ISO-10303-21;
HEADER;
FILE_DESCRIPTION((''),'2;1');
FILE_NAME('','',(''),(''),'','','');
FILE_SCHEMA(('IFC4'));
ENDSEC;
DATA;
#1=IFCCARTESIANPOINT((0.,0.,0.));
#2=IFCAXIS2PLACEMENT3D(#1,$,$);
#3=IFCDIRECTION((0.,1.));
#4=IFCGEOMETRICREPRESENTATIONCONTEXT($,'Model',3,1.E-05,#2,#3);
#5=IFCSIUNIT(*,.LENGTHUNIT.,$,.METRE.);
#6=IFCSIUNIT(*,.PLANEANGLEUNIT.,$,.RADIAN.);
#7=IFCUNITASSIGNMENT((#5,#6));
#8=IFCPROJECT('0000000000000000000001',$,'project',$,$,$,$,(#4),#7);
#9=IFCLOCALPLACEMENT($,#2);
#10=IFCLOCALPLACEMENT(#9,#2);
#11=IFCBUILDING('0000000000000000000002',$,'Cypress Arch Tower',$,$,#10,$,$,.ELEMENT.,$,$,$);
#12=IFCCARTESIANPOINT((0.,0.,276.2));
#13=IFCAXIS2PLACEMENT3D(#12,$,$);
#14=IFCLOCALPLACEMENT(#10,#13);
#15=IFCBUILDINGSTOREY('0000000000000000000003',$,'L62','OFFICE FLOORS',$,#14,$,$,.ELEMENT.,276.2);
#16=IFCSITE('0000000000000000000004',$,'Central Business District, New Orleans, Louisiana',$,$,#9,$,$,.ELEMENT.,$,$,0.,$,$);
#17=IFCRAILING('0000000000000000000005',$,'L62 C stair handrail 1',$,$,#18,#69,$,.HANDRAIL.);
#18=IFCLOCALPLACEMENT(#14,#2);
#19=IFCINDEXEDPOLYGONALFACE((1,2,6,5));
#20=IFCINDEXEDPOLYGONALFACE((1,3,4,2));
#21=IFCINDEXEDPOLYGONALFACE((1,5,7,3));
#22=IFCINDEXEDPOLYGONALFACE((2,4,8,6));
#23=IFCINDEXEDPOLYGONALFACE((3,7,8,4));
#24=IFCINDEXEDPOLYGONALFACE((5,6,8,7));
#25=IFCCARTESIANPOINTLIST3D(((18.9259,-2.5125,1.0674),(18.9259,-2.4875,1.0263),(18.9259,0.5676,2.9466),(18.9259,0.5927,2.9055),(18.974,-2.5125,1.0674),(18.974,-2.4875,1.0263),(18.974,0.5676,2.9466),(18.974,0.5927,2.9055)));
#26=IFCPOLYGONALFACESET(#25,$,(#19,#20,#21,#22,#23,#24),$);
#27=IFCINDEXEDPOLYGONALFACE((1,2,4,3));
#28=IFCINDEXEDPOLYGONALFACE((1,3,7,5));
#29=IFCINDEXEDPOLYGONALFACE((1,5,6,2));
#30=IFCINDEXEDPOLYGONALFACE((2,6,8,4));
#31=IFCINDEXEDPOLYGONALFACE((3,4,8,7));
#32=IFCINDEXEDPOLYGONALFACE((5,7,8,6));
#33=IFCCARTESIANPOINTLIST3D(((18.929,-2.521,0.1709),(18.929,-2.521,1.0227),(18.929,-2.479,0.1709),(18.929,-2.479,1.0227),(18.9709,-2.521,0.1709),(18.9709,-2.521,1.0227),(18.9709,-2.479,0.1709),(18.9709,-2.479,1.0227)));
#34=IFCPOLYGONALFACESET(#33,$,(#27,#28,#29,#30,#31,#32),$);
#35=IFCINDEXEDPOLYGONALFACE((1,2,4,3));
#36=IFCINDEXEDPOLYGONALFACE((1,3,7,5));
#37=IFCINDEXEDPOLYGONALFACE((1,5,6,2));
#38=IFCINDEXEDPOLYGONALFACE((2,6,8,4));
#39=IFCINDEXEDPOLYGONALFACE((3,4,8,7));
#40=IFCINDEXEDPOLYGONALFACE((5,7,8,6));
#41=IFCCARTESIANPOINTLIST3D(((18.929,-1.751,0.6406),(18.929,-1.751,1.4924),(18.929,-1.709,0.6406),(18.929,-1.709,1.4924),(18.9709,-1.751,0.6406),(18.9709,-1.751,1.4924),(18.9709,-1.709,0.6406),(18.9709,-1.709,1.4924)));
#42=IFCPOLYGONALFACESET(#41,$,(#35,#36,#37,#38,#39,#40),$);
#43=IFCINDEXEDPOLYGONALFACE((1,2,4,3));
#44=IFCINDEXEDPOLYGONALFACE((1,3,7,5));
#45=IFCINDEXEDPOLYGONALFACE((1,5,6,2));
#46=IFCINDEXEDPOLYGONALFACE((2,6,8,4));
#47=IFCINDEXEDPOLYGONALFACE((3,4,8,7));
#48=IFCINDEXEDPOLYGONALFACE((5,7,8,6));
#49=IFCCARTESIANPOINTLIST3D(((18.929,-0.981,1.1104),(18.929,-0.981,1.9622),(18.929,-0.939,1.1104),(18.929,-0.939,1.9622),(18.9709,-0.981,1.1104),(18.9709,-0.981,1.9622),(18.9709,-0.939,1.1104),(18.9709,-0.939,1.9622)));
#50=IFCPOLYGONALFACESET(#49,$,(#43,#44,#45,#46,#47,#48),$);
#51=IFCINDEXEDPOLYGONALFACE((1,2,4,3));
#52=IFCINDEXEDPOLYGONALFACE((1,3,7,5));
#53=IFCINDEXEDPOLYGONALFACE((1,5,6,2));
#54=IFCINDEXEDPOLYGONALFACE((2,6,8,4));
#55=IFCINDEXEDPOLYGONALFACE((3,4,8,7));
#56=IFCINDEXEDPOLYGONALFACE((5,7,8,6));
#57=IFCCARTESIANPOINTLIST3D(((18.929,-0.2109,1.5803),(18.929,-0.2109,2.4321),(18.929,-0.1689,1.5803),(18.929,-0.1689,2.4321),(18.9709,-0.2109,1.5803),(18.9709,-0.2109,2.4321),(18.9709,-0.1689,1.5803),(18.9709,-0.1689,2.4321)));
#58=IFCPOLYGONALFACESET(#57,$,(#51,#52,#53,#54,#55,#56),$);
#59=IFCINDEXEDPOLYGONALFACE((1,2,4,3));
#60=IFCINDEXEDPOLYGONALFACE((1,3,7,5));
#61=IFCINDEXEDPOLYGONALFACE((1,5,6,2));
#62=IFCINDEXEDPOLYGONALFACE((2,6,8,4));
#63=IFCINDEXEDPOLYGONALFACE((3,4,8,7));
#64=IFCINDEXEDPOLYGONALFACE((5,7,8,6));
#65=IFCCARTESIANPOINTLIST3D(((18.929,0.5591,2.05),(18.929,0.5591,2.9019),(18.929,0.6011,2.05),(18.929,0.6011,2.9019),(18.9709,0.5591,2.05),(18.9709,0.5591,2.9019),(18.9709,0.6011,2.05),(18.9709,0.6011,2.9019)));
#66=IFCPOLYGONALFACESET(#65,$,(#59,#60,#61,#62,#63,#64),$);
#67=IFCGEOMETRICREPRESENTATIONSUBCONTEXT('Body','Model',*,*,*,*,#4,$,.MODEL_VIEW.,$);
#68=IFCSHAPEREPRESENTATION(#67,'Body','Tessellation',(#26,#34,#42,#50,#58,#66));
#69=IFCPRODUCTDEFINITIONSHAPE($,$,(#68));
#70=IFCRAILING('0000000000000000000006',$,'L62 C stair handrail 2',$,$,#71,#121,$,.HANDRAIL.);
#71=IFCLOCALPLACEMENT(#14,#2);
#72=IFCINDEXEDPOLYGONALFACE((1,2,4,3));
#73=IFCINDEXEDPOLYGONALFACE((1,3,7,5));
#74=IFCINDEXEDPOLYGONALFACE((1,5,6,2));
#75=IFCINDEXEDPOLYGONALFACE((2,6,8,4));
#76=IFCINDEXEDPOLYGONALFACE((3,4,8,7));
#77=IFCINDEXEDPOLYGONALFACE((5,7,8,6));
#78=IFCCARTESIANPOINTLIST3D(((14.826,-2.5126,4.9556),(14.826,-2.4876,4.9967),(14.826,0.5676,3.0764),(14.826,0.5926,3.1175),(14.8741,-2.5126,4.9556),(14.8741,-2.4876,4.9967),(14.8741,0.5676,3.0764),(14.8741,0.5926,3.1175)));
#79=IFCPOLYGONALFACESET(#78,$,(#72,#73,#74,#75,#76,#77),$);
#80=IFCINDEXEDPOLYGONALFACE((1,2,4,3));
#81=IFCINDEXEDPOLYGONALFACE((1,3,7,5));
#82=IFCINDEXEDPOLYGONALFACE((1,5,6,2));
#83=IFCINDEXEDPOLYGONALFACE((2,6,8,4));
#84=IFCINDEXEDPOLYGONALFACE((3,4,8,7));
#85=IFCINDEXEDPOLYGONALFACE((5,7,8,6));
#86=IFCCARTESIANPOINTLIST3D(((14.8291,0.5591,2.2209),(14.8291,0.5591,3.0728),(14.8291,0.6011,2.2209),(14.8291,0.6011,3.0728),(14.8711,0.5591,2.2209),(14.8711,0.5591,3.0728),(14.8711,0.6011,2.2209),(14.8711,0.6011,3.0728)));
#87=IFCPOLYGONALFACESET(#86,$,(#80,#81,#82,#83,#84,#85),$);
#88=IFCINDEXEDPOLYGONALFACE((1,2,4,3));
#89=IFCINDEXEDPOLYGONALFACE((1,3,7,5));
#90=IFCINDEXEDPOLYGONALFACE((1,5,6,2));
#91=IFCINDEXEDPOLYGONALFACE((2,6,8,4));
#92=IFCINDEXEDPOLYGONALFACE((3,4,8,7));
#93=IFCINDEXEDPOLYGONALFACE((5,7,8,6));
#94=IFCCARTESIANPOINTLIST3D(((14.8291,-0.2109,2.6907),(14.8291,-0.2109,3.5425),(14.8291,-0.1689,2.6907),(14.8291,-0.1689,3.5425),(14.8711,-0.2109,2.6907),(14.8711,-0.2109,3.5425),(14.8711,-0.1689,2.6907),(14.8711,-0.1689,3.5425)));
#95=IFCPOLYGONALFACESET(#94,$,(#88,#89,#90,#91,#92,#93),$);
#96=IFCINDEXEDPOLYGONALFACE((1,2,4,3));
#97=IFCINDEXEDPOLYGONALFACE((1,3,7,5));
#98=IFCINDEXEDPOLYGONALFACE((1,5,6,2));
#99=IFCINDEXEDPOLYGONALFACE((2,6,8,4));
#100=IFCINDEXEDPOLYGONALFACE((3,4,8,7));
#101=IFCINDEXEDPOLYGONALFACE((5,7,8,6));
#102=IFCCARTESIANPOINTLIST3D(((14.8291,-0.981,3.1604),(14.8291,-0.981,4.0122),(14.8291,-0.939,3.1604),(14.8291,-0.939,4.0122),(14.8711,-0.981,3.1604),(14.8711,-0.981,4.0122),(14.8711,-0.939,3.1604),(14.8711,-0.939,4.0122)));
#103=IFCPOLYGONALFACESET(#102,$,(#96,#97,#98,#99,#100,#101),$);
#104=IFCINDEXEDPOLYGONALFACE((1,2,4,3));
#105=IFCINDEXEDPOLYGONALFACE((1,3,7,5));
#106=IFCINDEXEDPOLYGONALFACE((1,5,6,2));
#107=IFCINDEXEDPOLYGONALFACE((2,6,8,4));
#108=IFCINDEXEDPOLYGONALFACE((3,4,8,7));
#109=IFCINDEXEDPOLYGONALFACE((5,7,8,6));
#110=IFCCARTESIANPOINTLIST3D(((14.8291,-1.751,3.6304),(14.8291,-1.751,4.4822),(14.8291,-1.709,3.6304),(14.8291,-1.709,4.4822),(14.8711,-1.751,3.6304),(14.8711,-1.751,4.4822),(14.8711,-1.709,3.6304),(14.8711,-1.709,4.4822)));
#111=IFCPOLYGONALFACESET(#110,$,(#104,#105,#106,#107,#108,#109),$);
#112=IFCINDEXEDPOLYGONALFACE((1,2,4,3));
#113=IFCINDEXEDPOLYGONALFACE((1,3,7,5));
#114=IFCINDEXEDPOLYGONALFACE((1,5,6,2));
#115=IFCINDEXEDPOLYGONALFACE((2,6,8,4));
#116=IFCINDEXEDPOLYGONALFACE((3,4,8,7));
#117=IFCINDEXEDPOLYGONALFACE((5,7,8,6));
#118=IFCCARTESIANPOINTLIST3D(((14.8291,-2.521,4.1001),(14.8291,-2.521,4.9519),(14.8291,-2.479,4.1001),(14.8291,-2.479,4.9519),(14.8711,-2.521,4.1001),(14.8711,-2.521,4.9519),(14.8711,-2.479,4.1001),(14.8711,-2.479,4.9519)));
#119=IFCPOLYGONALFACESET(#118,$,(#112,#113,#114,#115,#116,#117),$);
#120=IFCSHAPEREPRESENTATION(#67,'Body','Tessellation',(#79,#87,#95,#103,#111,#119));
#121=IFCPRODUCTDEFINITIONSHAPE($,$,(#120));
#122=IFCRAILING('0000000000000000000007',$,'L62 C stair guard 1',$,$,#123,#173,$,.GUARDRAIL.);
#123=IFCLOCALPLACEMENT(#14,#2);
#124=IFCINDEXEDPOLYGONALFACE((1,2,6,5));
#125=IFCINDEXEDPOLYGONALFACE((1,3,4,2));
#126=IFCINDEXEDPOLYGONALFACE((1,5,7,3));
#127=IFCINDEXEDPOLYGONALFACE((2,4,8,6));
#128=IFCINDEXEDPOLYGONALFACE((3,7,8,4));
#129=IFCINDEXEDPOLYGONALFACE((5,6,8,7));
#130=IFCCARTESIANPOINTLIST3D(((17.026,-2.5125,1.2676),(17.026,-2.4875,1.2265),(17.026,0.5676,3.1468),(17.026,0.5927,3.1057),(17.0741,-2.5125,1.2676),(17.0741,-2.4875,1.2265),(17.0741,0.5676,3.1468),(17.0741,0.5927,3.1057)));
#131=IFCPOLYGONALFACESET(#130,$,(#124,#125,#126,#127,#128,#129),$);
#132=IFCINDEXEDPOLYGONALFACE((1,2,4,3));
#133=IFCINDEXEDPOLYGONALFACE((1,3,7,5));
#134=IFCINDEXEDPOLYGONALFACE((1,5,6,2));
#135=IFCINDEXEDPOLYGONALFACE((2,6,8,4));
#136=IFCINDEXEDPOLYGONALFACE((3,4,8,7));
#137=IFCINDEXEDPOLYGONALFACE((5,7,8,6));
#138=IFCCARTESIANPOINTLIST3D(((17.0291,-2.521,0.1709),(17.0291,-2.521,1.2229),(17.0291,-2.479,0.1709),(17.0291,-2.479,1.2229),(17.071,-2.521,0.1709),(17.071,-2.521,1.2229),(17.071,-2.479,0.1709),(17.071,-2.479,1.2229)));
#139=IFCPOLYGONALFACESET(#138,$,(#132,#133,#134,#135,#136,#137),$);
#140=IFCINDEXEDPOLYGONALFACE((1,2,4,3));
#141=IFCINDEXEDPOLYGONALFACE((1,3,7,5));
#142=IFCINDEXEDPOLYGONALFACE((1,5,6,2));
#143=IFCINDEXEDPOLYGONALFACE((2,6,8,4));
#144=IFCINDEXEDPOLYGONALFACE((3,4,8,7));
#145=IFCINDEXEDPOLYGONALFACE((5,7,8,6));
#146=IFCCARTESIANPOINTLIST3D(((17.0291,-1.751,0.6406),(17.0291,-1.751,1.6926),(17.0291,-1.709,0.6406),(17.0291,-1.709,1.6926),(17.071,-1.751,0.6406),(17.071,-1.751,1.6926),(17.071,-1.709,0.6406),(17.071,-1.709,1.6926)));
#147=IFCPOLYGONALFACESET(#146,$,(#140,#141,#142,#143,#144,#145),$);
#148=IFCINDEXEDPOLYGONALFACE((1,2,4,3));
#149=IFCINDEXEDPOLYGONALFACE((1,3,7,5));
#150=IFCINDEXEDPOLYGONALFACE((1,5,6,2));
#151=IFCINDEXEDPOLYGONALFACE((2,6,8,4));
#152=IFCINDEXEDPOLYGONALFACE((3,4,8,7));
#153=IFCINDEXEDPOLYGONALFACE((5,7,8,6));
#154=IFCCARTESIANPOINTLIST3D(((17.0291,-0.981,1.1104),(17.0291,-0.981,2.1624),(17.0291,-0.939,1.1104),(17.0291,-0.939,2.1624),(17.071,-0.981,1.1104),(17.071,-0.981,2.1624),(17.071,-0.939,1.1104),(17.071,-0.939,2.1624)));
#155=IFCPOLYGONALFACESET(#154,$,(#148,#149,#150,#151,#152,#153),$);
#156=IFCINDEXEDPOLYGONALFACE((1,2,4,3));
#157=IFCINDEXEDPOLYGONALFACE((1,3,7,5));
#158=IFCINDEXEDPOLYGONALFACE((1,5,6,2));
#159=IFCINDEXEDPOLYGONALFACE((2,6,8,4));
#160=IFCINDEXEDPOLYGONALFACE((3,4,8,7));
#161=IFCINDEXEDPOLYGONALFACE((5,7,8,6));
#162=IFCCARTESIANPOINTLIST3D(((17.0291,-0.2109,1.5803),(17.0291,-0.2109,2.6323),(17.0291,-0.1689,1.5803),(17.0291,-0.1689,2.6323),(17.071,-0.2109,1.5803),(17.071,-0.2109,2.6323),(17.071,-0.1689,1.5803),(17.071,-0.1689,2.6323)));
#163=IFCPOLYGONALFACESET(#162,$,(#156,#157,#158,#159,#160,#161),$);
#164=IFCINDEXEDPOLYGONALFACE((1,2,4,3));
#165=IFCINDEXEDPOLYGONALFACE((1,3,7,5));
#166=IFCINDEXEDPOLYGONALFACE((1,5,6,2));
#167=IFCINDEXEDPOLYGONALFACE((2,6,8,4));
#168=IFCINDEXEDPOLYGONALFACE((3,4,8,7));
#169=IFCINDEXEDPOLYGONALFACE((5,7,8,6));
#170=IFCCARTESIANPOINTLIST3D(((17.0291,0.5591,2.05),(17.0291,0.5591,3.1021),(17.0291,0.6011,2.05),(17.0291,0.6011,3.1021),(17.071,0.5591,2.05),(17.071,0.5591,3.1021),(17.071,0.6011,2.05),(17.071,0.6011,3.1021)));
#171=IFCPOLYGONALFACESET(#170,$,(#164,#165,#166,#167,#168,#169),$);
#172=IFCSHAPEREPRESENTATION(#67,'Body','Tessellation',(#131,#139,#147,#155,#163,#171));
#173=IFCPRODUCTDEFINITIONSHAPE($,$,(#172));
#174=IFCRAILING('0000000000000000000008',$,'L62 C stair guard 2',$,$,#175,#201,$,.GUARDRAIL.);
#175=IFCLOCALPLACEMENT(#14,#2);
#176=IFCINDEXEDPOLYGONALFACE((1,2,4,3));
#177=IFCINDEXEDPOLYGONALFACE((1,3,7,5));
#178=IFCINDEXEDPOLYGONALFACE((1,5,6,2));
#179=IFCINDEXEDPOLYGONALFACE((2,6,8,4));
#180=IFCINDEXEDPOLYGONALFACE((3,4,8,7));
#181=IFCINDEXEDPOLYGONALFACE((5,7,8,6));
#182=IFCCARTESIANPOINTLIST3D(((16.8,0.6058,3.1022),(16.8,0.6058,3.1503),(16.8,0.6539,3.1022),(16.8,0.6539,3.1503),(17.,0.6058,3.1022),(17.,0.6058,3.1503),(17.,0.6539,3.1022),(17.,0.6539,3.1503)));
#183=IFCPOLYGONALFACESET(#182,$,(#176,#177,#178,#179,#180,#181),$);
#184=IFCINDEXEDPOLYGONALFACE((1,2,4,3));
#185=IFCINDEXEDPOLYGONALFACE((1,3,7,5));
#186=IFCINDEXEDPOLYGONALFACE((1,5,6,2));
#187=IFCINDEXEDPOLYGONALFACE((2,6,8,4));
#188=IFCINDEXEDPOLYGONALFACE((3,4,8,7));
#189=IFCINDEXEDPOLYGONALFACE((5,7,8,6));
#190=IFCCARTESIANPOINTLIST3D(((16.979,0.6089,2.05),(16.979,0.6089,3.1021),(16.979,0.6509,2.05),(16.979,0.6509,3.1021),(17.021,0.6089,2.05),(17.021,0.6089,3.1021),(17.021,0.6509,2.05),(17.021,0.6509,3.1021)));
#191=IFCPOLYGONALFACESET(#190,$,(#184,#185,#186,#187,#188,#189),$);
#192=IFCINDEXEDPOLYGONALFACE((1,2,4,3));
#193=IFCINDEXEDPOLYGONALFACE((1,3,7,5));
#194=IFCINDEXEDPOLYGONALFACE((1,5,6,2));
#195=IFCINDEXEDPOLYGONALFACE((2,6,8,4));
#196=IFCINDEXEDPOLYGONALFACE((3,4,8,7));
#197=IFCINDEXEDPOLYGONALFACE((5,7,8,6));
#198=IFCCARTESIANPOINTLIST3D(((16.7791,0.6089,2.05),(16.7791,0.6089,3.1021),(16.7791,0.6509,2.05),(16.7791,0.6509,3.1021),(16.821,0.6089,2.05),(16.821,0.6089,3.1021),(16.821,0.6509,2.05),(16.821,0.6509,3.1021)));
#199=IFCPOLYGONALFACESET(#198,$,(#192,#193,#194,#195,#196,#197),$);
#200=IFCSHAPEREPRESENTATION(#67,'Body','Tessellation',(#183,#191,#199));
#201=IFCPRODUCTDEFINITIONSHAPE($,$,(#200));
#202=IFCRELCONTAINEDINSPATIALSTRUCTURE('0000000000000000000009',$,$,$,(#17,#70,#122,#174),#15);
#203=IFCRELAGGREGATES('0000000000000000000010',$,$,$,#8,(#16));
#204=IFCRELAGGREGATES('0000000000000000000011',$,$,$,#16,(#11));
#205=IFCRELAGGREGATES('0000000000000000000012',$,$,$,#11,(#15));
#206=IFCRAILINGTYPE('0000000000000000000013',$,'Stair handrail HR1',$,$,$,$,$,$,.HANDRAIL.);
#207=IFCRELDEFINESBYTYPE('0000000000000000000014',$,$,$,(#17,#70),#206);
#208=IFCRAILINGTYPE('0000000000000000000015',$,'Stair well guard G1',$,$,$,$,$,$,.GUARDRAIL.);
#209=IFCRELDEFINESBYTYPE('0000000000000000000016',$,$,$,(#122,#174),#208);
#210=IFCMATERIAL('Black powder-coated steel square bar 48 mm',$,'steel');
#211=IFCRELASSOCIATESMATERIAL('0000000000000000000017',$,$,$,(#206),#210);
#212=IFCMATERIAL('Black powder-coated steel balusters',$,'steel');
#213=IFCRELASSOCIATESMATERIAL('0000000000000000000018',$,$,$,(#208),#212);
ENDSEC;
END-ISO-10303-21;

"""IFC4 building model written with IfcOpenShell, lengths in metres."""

from ifc_helpers import new_model, si_unit, direction, frame, origin, origin_2d, place, context, subcontext, project, spatial, rectangle, extrude, material, type_object, element, save


model = new_model("IFC4")

# Units and contexts
model_context = context("Model", 3, precision=1e-05, world=origin(), true_north=direction((0.0, 1.0)))
body_context = subcontext(model_context, "Body", "Model", "MODEL_VIEW")
ifc_project = project(units=[si_unit("LENGTHUNIT", "METRE"), si_unit("PLANEANGLEUNIT", "RADIAN")], contexts=[model_context])

# Site, building, storey
site_placement = place(None, origin())
site = spatial("IfcSite", under=ifc_project, at=site_placement, Name="Central Business District, New Orleans, Louisiana", CompositionType="ELEMENT", RefElevation=0.0)
building_placement = place(site_placement, origin())
building = spatial("IfcBuilding", under=site, at=building_placement, Name="Cypress Arch Tower", CompositionType="ELEMENT")
storey_placement = place(building_placement, frame((0.0, 0.0, 276.2)))
storey = spatial("IfcBuildingStorey", under=building, at=storey_placement, Name="L62", Description="OFFICE FLOORS", CompositionType="ELEMENT", Elevation=276.2)

# Railings
ifc_material_1 = material(Name="Black powder-coated steel square bar 48 mm", Category="steel")
railing_type_1 = type_object("IfcRailingType", Name="Stair handrail HR1", PredefinedType="HANDRAIL", material=ifc_material_1)
railing_1_placement = place(storey_placement, frame((18.95, -2.5, 0.1709)))
element("IfcRailing", 1, at=railing_1_placement, inside=storey, type_object=railing_type_1, Name="L62 C stair handrail 1", PredefinedType="HANDRAIL", context=body_context, shape_type="SweptSolid", body=[
    extrude(rectangle(XDim=0.0481, YDim=0.0481, at=origin_2d()), frame((0.0, 0.0, 0.876), z_axis=(0.0, 0.853666, 0.52082), x_axis=(-1.0, 0.0, 0.0)), (0.0, 0.0, 1.0), 3.6082),
    extrude(rectangle(XDim=0.042, YDim=0.042, at=origin_2d()), origin(), (0.0, 0.0, 1.0), 0.8518),
    extrude(rectangle(XDim=0.042, YDim=0.042, at=origin_2d()), frame((0.0, 0.77, 0.4697)), (0.0, 0.0, 1.0), 0.8518),
    extrude(rectangle(XDim=0.042, YDim=0.042, at=origin_2d()), frame((0.0, 1.54, 0.9395)), (0.0, 0.0, 1.0), 0.8518),
    extrude(rectangle(XDim=0.042, YDim=0.042, at=origin_2d()), frame((0.0, 2.3101, 1.4094)), (0.0, 0.0, 1.0), 0.8518),
    extrude(rectangle(XDim=0.042, YDim=0.042, at=origin_2d()), frame((0.0, 3.0801, 1.8792)), (0.0, 0.0, 1.0), 0.8518),
])
railing_2_placement = place(storey_placement, frame((14.8501, 0.5801, 2.2209)))
element("IfcRailing", 2, at=railing_2_placement, inside=storey, type_object=railing_type_1, Name="L62 C stair handrail 2", PredefinedType="HANDRAIL", context=body_context, shape_type="SweptSolid", body=[
    extrude(rectangle(XDim=0.0481, YDim=0.0481, at=origin_2d()), frame((0.0, 0.0, 0.876), z_axis=(0.0, -0.853666, 0.52082), x_axis=(1.0, 0.0, 0.0)), (0.0, 0.0, 1.0), 3.6082),
    extrude(rectangle(XDim=0.042, YDim=0.042, at=origin_2d()), origin(), (0.0, 0.0, 1.0), 0.8518),
    extrude(rectangle(XDim=0.042, YDim=0.042, at=origin_2d()), frame((0.0, -0.77, 0.4697)), (0.0, 0.0, 1.0), 0.8518),
    extrude(rectangle(XDim=0.042, YDim=0.042, at=origin_2d()), frame((0.0, -1.54, 0.9395)), (0.0, 0.0, 1.0), 0.8518),
    extrude(rectangle(XDim=0.042, YDim=0.042, at=origin_2d()), frame((0.0, -2.3101, 1.4094)), (0.0, 0.0, 1.0), 0.8518),
    extrude(rectangle(XDim=0.042, YDim=0.042, at=origin_2d()), frame((0.0, -3.0801, 1.8792)), (0.0, 0.0, 1.0), 0.8518),
])
ifc_material_2 = material(Name="Black powder-coated steel balusters", Category="steel")
railing_type_2 = type_object("IfcRailingType", Name="Stair well guard G1", PredefinedType="GUARDRAIL", material=ifc_material_2)
railing_3_placement = place(storey_placement, frame((17.05, -2.5, 0.1709)))
element("IfcRailing", 3, at=railing_3_placement, inside=storey, type_object=railing_type_2, Name="L62 C stair guard 1", PredefinedType="GUARDRAIL", context=body_context, shape_type="SweptSolid", body=[
    extrude(rectangle(XDim=0.0481, YDim=0.0481, at=origin_2d()), frame((0.0, 0.0, 1.0762), z_axis=(0.0, 0.853666, 0.52082), x_axis=(-1.0, 0.0, 0.0)), (0.0, 0.0, 1.0), 3.6082),
    extrude(rectangle(XDim=0.042, YDim=0.042, at=origin_2d()), origin(), (0.0, 0.0, 1.0), 1.052),
    extrude(rectangle(XDim=0.042, YDim=0.042, at=origin_2d()), frame((0.0, 0.77, 0.4697)), (0.0, 0.0, 1.0), 1.052),
    extrude(rectangle(XDim=0.042, YDim=0.042, at=origin_2d()), frame((0.0, 1.54, 0.9395)), (0.0, 0.0, 1.0), 1.052),
    extrude(rectangle(XDim=0.042, YDim=0.042, at=origin_2d()), frame((0.0, 2.3101, 1.4094)), (0.0, 0.0, 1.0), 1.052),
    extrude(rectangle(XDim=0.042, YDim=0.042, at=origin_2d()), frame((0.0, 3.0801, 1.8792)), (0.0, 0.0, 1.0), 1.052),
])
railing_4_placement = place(storey_placement, frame((17.0, 0.6299, 2.05)))
element("IfcRailing", 4, at=railing_4_placement, inside=storey, type_object=railing_type_2, Name="L62 C stair guard 2", PredefinedType="GUARDRAIL", context=body_context, shape_type="SweptSolid", body=[
    extrude(rectangle(XDim=0.0481, YDim=0.0481, at=origin_2d()), frame((0.0, 0.0, 1.0762), z_axis=(-1.0, 0.0, 0.0), x_axis=(0.0, -1.0, 0.0)), (0.0, 0.0, 1.0), 0.2),
    extrude(rectangle(XDim=0.042, YDim=0.042, at=origin_2d()), origin(), (0.0, 0.0, 1.0), 1.052),
    extrude(rectangle(XDim=0.042, YDim=0.042, at=origin_2d()), frame((-0.2, 0.0, 0.0)), (0.0, 0.0, 1.0), 1.052),
])

save(model, "model.ifc")
